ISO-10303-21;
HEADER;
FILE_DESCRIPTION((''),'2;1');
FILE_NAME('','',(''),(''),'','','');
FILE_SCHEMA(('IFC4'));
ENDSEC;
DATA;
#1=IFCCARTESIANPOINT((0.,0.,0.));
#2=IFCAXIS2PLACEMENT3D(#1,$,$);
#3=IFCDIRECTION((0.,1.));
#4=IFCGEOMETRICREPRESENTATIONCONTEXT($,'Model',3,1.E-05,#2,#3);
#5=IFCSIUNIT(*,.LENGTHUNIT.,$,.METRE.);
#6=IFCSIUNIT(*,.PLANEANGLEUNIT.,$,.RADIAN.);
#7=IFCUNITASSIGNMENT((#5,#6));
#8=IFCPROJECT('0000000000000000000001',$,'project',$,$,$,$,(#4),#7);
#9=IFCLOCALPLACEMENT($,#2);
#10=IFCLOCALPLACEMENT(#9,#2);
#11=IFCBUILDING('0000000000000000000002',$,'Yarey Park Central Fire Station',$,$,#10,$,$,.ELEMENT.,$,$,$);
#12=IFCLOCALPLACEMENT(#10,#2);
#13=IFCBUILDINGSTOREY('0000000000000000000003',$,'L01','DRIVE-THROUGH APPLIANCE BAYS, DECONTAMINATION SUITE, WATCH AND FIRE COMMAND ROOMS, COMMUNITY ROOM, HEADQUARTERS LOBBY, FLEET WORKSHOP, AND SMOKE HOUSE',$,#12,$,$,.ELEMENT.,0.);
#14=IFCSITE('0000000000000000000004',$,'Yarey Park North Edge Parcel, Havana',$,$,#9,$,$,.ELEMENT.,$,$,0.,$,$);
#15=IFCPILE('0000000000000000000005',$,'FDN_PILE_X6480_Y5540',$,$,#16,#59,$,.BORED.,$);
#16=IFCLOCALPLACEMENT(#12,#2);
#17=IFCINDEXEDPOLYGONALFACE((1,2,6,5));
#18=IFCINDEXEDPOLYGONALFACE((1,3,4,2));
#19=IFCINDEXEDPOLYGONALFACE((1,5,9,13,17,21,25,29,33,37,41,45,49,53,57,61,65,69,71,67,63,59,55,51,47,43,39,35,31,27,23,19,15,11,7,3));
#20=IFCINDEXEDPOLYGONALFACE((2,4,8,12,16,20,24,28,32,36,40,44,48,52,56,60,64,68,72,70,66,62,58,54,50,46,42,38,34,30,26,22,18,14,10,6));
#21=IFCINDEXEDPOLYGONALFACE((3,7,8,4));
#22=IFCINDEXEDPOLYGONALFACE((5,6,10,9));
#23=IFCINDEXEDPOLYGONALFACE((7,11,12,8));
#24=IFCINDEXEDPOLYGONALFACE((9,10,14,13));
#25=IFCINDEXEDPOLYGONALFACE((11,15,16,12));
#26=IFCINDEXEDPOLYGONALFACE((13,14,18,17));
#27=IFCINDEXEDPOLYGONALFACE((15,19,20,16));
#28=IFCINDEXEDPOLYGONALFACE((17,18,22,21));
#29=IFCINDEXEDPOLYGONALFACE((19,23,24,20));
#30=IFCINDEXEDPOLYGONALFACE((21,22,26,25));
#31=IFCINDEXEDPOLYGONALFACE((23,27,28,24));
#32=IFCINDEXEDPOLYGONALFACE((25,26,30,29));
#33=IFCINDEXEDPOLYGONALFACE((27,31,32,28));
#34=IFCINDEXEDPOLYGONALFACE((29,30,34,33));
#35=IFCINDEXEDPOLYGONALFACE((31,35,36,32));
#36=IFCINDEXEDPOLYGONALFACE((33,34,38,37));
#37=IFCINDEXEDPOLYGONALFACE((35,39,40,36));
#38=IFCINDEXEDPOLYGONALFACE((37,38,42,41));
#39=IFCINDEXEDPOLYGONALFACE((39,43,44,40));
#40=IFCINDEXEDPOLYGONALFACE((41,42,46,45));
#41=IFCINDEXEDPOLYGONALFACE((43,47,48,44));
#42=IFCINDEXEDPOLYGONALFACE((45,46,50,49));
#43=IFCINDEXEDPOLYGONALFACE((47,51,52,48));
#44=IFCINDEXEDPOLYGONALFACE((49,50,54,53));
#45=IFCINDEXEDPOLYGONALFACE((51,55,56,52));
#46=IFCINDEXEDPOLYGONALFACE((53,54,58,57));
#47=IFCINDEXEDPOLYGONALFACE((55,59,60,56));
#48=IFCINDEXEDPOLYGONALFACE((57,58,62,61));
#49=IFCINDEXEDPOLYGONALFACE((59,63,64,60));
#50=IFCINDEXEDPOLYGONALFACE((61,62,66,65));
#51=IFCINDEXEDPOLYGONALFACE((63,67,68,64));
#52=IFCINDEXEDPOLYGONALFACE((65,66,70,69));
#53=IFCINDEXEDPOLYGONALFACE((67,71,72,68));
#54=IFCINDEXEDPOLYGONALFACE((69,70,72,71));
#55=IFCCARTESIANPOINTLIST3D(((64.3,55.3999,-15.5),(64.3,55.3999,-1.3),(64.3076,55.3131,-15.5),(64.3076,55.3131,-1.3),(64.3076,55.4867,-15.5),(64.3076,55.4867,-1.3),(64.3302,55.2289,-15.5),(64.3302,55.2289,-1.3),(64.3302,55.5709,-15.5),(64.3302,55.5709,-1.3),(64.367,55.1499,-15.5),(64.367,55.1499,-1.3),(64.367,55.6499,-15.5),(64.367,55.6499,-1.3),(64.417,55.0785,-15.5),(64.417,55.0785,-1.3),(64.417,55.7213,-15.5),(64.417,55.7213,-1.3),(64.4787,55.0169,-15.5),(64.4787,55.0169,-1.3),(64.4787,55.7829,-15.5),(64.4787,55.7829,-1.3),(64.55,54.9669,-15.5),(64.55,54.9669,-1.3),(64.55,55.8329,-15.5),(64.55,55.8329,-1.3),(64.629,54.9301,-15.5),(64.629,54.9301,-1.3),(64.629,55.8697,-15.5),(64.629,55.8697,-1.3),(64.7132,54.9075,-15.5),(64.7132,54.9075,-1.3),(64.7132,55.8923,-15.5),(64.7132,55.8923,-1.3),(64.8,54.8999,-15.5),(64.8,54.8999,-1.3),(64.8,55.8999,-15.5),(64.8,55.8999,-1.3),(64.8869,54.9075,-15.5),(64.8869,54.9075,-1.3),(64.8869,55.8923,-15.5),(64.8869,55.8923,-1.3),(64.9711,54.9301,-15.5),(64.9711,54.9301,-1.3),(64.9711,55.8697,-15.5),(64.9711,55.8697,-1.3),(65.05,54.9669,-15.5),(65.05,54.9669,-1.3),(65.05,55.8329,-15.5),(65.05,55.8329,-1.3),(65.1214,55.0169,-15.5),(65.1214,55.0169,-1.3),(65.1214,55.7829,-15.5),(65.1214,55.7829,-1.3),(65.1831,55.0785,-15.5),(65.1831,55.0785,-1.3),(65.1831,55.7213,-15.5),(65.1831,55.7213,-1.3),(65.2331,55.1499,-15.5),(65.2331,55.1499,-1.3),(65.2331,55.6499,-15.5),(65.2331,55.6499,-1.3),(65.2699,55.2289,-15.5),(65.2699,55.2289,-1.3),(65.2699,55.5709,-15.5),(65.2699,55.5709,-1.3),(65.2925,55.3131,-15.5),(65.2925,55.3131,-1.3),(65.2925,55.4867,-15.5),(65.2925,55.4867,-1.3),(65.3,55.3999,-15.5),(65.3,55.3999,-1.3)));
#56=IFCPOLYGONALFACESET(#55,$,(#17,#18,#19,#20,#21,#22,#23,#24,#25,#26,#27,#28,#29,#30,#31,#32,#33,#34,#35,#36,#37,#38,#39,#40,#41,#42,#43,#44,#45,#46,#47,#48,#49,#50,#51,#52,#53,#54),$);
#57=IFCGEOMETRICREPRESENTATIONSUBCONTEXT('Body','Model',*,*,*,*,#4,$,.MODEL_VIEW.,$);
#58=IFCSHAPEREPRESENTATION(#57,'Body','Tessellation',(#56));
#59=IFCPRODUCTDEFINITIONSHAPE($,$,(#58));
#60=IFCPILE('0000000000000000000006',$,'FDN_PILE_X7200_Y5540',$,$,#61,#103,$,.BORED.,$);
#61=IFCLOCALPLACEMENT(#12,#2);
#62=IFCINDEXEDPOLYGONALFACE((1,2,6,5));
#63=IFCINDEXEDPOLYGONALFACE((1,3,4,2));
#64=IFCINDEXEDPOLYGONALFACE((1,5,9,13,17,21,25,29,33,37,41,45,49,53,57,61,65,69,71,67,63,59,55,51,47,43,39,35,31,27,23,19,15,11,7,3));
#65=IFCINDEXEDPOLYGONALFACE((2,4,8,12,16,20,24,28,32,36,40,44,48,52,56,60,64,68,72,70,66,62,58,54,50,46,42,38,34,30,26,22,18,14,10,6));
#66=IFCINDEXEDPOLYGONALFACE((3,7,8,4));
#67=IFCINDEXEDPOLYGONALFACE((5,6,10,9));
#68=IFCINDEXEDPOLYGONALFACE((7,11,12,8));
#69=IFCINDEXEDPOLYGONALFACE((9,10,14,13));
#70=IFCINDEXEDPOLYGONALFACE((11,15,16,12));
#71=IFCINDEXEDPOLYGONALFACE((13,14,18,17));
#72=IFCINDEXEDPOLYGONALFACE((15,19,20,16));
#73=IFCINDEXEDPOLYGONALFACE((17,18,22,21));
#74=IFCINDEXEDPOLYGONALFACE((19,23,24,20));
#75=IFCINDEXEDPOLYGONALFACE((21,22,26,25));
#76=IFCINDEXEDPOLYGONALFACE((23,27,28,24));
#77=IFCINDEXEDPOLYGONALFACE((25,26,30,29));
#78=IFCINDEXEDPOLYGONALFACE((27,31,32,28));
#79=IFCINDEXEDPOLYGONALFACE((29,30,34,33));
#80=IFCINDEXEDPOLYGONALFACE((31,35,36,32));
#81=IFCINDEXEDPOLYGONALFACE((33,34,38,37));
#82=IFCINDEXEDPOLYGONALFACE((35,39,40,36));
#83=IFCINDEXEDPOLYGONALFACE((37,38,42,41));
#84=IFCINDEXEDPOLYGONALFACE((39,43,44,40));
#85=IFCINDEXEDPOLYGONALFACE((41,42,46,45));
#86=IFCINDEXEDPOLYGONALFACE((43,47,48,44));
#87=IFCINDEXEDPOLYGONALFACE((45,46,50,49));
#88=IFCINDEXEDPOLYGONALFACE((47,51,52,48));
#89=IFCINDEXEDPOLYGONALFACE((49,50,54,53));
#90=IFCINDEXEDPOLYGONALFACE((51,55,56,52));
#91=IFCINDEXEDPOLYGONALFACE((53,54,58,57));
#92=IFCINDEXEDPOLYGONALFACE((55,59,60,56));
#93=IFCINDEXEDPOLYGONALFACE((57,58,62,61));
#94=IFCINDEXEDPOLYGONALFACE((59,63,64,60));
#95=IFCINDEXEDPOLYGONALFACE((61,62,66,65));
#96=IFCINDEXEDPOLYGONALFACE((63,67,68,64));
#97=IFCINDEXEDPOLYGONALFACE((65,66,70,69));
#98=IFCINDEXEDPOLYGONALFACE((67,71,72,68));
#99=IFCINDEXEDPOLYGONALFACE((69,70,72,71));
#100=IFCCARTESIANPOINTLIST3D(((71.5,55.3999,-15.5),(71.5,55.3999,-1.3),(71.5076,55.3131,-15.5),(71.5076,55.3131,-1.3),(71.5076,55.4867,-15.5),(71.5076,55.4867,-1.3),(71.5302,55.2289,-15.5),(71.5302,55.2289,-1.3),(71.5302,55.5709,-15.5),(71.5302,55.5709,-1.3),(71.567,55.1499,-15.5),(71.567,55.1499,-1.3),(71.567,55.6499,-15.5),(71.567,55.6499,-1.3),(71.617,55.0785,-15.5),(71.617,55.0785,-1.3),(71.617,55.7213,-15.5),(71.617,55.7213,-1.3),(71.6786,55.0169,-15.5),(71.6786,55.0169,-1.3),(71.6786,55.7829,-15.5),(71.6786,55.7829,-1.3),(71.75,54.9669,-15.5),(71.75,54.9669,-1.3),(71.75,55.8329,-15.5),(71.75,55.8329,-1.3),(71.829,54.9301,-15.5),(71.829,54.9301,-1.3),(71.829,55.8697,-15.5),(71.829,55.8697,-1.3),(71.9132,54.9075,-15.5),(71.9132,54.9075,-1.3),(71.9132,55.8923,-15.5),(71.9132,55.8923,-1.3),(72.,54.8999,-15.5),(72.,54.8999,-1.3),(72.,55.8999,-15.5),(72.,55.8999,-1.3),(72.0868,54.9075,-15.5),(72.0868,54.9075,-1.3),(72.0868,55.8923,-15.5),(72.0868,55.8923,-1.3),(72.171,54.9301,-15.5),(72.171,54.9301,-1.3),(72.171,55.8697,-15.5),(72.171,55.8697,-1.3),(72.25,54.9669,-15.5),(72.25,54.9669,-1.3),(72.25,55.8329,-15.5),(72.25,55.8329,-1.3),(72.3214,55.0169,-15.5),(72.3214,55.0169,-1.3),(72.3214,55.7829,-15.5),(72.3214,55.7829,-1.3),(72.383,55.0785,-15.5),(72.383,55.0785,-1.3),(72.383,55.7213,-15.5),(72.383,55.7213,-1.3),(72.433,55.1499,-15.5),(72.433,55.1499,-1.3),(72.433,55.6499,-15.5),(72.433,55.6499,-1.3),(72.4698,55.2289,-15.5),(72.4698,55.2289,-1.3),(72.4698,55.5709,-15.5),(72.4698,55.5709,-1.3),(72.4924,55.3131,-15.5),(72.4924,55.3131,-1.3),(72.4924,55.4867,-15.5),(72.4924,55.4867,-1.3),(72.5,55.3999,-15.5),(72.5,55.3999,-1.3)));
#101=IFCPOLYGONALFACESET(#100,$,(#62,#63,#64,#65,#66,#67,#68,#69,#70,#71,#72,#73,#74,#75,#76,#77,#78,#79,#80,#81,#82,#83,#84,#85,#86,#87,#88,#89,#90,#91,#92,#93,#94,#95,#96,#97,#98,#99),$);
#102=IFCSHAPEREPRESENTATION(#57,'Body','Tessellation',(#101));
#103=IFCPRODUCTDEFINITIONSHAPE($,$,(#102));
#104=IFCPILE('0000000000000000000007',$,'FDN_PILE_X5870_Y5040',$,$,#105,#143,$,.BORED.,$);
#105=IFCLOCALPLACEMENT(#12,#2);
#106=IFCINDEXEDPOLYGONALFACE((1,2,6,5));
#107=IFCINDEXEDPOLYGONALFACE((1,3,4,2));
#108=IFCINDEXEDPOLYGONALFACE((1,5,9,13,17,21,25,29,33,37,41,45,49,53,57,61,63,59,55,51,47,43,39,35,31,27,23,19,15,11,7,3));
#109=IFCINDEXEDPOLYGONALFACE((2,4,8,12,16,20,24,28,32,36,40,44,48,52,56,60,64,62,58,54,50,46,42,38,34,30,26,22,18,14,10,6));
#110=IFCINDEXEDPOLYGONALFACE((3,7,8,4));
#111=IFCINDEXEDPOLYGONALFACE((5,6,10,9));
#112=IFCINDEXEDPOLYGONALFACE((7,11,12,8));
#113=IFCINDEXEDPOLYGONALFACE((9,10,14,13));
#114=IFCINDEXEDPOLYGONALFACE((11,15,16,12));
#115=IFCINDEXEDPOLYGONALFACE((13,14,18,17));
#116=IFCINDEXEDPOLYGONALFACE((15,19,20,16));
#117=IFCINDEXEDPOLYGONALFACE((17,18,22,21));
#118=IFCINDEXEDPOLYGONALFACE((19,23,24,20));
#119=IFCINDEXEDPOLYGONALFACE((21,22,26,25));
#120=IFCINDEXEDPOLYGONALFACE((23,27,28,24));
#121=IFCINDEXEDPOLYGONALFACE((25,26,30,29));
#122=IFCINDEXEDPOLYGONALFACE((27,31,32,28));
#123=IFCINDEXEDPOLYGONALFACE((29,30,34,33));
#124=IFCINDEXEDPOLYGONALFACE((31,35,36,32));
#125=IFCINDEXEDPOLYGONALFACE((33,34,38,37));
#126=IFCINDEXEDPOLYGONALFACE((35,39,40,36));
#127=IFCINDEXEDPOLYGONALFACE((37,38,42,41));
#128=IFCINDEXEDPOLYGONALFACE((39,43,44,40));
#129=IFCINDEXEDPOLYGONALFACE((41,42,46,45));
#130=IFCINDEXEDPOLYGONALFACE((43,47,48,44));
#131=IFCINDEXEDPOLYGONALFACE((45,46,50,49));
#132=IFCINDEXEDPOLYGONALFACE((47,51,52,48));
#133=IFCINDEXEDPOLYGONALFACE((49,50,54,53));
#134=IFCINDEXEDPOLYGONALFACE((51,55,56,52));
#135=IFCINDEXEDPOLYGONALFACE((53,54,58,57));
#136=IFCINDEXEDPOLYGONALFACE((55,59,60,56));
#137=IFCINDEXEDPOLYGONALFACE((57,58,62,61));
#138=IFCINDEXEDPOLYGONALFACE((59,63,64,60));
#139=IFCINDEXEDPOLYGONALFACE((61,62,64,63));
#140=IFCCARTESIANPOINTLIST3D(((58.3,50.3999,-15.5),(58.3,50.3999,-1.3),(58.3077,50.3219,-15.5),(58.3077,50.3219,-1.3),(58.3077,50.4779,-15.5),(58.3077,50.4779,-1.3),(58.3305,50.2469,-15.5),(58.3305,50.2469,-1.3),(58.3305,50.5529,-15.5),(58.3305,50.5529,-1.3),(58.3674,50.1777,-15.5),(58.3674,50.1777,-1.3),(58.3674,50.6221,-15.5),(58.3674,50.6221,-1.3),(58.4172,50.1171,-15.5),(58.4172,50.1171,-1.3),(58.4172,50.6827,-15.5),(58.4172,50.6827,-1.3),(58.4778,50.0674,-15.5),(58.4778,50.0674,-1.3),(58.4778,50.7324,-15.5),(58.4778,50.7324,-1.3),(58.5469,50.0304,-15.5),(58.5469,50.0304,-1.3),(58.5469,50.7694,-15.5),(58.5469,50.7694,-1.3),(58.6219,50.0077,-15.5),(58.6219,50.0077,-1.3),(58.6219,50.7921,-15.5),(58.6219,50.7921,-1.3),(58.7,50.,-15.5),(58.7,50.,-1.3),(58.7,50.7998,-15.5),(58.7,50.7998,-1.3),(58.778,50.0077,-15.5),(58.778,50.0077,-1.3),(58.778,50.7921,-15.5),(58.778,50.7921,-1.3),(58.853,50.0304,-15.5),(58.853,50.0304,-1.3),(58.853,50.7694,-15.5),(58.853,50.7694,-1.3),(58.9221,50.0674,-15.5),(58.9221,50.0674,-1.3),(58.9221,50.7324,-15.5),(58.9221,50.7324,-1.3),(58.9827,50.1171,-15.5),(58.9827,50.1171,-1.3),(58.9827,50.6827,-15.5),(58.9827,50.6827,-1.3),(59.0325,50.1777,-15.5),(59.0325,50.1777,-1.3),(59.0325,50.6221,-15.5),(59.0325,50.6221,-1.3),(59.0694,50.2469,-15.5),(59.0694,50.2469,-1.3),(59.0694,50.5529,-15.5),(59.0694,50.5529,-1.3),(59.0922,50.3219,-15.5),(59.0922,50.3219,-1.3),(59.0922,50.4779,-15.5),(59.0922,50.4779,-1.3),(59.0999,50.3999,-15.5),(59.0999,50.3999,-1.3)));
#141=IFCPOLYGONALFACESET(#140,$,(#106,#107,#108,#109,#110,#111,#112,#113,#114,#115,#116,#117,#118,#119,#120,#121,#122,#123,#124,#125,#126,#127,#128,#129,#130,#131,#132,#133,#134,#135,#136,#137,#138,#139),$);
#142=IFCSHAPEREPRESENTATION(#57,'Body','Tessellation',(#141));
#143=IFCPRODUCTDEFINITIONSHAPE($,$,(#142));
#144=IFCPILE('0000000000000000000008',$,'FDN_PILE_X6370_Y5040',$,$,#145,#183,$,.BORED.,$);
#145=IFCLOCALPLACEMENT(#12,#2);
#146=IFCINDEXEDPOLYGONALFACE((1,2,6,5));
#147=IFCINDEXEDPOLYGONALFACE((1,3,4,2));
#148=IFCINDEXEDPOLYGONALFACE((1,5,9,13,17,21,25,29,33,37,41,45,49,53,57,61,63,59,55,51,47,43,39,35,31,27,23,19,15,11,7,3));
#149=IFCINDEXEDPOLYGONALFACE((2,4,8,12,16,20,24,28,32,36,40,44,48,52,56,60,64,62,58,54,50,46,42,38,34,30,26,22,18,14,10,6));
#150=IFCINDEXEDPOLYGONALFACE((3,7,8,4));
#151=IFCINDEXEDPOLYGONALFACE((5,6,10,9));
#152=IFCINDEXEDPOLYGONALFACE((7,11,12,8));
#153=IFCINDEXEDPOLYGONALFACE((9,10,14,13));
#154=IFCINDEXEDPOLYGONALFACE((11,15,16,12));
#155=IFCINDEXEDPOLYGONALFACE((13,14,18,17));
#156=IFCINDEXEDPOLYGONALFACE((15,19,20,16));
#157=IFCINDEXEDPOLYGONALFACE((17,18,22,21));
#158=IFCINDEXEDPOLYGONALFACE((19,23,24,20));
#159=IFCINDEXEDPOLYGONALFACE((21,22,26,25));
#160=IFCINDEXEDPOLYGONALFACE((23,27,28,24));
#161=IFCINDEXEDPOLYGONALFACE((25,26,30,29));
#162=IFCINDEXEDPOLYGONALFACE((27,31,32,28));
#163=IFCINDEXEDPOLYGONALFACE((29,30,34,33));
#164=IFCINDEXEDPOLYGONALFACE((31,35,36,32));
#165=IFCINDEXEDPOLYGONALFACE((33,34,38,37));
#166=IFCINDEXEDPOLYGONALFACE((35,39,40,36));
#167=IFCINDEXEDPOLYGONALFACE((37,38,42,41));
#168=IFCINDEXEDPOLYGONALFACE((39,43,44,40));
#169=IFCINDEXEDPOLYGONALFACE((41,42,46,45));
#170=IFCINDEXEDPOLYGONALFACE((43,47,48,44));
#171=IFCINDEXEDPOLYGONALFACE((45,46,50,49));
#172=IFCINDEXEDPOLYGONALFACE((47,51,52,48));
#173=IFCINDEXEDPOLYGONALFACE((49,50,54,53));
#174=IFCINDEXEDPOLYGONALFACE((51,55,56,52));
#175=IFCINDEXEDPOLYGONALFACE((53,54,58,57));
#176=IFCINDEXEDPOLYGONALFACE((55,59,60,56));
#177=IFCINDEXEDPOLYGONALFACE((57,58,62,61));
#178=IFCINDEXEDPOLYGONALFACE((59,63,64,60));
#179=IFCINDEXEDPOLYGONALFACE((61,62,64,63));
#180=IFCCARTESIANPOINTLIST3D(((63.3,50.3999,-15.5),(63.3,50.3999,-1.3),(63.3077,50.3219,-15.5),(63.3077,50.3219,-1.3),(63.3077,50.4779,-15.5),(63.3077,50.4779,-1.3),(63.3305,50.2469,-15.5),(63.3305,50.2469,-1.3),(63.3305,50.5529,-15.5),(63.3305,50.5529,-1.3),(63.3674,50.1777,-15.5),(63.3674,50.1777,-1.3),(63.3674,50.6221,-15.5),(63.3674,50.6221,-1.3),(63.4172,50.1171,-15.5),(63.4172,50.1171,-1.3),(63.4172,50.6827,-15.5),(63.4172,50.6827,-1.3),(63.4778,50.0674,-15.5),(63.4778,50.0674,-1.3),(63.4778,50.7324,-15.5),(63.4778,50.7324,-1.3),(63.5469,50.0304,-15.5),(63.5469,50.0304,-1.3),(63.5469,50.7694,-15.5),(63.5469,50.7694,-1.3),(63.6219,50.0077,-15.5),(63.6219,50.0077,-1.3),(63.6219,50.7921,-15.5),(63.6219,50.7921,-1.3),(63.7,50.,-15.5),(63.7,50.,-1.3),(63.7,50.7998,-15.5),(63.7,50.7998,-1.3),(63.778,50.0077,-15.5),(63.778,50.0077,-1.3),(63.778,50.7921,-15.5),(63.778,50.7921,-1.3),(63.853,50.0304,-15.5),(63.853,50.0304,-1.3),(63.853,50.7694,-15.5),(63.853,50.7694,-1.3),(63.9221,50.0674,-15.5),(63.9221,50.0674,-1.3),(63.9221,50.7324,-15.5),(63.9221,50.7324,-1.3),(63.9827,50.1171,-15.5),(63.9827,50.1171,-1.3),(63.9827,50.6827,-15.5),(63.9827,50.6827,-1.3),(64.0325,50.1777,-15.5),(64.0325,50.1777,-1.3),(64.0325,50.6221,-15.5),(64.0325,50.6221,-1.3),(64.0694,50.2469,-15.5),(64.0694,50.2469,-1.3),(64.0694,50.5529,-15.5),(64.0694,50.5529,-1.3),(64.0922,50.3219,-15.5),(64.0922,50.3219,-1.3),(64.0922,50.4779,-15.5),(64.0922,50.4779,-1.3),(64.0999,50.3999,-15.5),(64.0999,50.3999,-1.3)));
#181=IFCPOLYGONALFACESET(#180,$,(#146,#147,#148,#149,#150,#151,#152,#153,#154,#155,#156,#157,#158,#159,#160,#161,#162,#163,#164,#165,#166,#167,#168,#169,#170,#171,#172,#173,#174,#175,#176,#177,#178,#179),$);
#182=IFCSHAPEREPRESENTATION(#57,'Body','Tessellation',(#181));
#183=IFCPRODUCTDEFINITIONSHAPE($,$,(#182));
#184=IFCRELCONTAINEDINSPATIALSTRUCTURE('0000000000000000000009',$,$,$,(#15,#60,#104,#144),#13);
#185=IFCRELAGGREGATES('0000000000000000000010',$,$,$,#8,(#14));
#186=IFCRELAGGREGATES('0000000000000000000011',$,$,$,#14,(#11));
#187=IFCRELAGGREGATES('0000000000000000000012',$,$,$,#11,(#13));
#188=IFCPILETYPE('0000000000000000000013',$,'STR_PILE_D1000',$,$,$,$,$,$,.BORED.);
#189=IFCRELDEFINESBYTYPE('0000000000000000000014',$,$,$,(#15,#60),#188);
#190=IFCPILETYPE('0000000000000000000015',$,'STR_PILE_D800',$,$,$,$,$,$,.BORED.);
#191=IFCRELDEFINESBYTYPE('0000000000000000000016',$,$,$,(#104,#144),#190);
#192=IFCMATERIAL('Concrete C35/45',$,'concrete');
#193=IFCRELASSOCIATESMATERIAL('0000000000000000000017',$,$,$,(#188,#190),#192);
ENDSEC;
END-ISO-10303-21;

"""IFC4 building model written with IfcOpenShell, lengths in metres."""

from ifc_helpers import new_model, si_unit, direction, frame, origin, origin_2d, place, context, subcontext, project, spatial, circle, extrude, material, material_profile, profile_set, type_object, element, save


model = new_model("IFC4")

# Units and contexts
model_context = context("Model", 3, precision=1e-05, world=origin(), true_north=direction((0.0, 1.0)))
body_context = subcontext(model_context, "Body", "Model", "MODEL_VIEW")
ifc_project = project(units=[si_unit("LENGTHUNIT", "METRE"), si_unit("PLANEANGLEUNIT", "RADIAN")], contexts=[model_context])

# Site, building, storey
site_placement = place(None, origin())
site = spatial("IfcSite", under=ifc_project, at=site_placement, Name="Yarey Park North Edge Parcel, Havana", CompositionType="ELEMENT", RefElevation=0.0)
building_placement = place(site_placement, origin())
building = spatial("IfcBuilding", under=site, at=building_placement, Name="Yarey Park Central Fire Station", CompositionType="ELEMENT")
storey_placement = place(building_placement, origin())
storey = spatial("IfcBuildingStorey", under=building, at=storey_placement, Name="L01", Description="DRIVE-THROUGH APPLIANCE BAYS, DECONTAMINATION SUITE, WATCH AND FIRE COMMAND ROOMS, COMMUNITY ROOM, HEADQUARTERS LOBBY, FLEET WORKSHOP, AND SMOKE HOUSE", CompositionType="ELEMENT", Elevation=0.0)

# Shared definitions
ifc_material_1 = material(Name="Concrete C35/45", Category="concrete")

# Piles
ifc_material_profile_1 = material_profile(ifc_material_1, circle(Radius=0.5, at=origin_2d()), Name="BORED PILE D1000")
ifc_profile_set_1 = profile_set([ifc_material_profile_1], Name="Concrete C35/45")
pile_type_1 = type_object("IfcPileType", Name="STR_PILE_D1000", PredefinedType="BORED", material=ifc_profile_set_1)
for number, where, z_axis, x_axis, name in (
    (1, (64.8, 55.3999, -1.3), (0.0, 0.0, -1.0), (1.0, 0.0, 0.0), "FDN_PILE_X6480_Y5540"),
    (2, (72.0, 55.3999, -1.3), (0.0, 0.0, -1.0), (1.0, 0.0, 0.0), "FDN_PILE_X7200_Y5540"),
):
    element("IfcPile", number, at=place(storey_placement, frame(where, z_axis=z_axis, x_axis=x_axis)), inside=storey, type_object=pile_type_1, Name=name, PredefinedType="BORED", context=body_context, shape_type="SweptSolid", body=[
        extrude(circle(Radius=0.5, at=origin_2d()), origin(), (0.0, 0.0, 1.0), 14.2),
    ])
ifc_material_profile_2 = material_profile(ifc_material_1, circle(Radius=0.3999, at=origin_2d()), Name="BORED PILE D800")
ifc_profile_set_2 = profile_set([ifc_material_profile_2], Name="Concrete C35/45")
pile_type_2 = type_object("IfcPileType", Name="STR_PILE_D800", PredefinedType="BORED", material=ifc_profile_set_2)
for number, where, z_axis, x_axis, name in (
    (3, (58.7, 50.3999, -1.3), (0.0, 0.0, -1.0), (1.0, 0.0, 0.0), "FDN_PILE_X5870_Y5040"),
    (4, (63.7, 50.3999, -1.3), (0.0, 0.0, -1.0), (1.0, 0.0, 0.0), "FDN_PILE_X6370_Y5040"),
):
    element("IfcPile", number, at=place(storey_placement, frame(where, z_axis=z_axis, x_axis=x_axis)), inside=storey, type_object=pile_type_2, Name=name, PredefinedType="BORED", context=body_context, shape_type="SweptSolid", body=[
        extrude(circle(Radius=0.3999, at=origin_2d()), origin(), (0.0, 0.0, 1.0), 14.2),
    ])

save(model, "model.ifc")
